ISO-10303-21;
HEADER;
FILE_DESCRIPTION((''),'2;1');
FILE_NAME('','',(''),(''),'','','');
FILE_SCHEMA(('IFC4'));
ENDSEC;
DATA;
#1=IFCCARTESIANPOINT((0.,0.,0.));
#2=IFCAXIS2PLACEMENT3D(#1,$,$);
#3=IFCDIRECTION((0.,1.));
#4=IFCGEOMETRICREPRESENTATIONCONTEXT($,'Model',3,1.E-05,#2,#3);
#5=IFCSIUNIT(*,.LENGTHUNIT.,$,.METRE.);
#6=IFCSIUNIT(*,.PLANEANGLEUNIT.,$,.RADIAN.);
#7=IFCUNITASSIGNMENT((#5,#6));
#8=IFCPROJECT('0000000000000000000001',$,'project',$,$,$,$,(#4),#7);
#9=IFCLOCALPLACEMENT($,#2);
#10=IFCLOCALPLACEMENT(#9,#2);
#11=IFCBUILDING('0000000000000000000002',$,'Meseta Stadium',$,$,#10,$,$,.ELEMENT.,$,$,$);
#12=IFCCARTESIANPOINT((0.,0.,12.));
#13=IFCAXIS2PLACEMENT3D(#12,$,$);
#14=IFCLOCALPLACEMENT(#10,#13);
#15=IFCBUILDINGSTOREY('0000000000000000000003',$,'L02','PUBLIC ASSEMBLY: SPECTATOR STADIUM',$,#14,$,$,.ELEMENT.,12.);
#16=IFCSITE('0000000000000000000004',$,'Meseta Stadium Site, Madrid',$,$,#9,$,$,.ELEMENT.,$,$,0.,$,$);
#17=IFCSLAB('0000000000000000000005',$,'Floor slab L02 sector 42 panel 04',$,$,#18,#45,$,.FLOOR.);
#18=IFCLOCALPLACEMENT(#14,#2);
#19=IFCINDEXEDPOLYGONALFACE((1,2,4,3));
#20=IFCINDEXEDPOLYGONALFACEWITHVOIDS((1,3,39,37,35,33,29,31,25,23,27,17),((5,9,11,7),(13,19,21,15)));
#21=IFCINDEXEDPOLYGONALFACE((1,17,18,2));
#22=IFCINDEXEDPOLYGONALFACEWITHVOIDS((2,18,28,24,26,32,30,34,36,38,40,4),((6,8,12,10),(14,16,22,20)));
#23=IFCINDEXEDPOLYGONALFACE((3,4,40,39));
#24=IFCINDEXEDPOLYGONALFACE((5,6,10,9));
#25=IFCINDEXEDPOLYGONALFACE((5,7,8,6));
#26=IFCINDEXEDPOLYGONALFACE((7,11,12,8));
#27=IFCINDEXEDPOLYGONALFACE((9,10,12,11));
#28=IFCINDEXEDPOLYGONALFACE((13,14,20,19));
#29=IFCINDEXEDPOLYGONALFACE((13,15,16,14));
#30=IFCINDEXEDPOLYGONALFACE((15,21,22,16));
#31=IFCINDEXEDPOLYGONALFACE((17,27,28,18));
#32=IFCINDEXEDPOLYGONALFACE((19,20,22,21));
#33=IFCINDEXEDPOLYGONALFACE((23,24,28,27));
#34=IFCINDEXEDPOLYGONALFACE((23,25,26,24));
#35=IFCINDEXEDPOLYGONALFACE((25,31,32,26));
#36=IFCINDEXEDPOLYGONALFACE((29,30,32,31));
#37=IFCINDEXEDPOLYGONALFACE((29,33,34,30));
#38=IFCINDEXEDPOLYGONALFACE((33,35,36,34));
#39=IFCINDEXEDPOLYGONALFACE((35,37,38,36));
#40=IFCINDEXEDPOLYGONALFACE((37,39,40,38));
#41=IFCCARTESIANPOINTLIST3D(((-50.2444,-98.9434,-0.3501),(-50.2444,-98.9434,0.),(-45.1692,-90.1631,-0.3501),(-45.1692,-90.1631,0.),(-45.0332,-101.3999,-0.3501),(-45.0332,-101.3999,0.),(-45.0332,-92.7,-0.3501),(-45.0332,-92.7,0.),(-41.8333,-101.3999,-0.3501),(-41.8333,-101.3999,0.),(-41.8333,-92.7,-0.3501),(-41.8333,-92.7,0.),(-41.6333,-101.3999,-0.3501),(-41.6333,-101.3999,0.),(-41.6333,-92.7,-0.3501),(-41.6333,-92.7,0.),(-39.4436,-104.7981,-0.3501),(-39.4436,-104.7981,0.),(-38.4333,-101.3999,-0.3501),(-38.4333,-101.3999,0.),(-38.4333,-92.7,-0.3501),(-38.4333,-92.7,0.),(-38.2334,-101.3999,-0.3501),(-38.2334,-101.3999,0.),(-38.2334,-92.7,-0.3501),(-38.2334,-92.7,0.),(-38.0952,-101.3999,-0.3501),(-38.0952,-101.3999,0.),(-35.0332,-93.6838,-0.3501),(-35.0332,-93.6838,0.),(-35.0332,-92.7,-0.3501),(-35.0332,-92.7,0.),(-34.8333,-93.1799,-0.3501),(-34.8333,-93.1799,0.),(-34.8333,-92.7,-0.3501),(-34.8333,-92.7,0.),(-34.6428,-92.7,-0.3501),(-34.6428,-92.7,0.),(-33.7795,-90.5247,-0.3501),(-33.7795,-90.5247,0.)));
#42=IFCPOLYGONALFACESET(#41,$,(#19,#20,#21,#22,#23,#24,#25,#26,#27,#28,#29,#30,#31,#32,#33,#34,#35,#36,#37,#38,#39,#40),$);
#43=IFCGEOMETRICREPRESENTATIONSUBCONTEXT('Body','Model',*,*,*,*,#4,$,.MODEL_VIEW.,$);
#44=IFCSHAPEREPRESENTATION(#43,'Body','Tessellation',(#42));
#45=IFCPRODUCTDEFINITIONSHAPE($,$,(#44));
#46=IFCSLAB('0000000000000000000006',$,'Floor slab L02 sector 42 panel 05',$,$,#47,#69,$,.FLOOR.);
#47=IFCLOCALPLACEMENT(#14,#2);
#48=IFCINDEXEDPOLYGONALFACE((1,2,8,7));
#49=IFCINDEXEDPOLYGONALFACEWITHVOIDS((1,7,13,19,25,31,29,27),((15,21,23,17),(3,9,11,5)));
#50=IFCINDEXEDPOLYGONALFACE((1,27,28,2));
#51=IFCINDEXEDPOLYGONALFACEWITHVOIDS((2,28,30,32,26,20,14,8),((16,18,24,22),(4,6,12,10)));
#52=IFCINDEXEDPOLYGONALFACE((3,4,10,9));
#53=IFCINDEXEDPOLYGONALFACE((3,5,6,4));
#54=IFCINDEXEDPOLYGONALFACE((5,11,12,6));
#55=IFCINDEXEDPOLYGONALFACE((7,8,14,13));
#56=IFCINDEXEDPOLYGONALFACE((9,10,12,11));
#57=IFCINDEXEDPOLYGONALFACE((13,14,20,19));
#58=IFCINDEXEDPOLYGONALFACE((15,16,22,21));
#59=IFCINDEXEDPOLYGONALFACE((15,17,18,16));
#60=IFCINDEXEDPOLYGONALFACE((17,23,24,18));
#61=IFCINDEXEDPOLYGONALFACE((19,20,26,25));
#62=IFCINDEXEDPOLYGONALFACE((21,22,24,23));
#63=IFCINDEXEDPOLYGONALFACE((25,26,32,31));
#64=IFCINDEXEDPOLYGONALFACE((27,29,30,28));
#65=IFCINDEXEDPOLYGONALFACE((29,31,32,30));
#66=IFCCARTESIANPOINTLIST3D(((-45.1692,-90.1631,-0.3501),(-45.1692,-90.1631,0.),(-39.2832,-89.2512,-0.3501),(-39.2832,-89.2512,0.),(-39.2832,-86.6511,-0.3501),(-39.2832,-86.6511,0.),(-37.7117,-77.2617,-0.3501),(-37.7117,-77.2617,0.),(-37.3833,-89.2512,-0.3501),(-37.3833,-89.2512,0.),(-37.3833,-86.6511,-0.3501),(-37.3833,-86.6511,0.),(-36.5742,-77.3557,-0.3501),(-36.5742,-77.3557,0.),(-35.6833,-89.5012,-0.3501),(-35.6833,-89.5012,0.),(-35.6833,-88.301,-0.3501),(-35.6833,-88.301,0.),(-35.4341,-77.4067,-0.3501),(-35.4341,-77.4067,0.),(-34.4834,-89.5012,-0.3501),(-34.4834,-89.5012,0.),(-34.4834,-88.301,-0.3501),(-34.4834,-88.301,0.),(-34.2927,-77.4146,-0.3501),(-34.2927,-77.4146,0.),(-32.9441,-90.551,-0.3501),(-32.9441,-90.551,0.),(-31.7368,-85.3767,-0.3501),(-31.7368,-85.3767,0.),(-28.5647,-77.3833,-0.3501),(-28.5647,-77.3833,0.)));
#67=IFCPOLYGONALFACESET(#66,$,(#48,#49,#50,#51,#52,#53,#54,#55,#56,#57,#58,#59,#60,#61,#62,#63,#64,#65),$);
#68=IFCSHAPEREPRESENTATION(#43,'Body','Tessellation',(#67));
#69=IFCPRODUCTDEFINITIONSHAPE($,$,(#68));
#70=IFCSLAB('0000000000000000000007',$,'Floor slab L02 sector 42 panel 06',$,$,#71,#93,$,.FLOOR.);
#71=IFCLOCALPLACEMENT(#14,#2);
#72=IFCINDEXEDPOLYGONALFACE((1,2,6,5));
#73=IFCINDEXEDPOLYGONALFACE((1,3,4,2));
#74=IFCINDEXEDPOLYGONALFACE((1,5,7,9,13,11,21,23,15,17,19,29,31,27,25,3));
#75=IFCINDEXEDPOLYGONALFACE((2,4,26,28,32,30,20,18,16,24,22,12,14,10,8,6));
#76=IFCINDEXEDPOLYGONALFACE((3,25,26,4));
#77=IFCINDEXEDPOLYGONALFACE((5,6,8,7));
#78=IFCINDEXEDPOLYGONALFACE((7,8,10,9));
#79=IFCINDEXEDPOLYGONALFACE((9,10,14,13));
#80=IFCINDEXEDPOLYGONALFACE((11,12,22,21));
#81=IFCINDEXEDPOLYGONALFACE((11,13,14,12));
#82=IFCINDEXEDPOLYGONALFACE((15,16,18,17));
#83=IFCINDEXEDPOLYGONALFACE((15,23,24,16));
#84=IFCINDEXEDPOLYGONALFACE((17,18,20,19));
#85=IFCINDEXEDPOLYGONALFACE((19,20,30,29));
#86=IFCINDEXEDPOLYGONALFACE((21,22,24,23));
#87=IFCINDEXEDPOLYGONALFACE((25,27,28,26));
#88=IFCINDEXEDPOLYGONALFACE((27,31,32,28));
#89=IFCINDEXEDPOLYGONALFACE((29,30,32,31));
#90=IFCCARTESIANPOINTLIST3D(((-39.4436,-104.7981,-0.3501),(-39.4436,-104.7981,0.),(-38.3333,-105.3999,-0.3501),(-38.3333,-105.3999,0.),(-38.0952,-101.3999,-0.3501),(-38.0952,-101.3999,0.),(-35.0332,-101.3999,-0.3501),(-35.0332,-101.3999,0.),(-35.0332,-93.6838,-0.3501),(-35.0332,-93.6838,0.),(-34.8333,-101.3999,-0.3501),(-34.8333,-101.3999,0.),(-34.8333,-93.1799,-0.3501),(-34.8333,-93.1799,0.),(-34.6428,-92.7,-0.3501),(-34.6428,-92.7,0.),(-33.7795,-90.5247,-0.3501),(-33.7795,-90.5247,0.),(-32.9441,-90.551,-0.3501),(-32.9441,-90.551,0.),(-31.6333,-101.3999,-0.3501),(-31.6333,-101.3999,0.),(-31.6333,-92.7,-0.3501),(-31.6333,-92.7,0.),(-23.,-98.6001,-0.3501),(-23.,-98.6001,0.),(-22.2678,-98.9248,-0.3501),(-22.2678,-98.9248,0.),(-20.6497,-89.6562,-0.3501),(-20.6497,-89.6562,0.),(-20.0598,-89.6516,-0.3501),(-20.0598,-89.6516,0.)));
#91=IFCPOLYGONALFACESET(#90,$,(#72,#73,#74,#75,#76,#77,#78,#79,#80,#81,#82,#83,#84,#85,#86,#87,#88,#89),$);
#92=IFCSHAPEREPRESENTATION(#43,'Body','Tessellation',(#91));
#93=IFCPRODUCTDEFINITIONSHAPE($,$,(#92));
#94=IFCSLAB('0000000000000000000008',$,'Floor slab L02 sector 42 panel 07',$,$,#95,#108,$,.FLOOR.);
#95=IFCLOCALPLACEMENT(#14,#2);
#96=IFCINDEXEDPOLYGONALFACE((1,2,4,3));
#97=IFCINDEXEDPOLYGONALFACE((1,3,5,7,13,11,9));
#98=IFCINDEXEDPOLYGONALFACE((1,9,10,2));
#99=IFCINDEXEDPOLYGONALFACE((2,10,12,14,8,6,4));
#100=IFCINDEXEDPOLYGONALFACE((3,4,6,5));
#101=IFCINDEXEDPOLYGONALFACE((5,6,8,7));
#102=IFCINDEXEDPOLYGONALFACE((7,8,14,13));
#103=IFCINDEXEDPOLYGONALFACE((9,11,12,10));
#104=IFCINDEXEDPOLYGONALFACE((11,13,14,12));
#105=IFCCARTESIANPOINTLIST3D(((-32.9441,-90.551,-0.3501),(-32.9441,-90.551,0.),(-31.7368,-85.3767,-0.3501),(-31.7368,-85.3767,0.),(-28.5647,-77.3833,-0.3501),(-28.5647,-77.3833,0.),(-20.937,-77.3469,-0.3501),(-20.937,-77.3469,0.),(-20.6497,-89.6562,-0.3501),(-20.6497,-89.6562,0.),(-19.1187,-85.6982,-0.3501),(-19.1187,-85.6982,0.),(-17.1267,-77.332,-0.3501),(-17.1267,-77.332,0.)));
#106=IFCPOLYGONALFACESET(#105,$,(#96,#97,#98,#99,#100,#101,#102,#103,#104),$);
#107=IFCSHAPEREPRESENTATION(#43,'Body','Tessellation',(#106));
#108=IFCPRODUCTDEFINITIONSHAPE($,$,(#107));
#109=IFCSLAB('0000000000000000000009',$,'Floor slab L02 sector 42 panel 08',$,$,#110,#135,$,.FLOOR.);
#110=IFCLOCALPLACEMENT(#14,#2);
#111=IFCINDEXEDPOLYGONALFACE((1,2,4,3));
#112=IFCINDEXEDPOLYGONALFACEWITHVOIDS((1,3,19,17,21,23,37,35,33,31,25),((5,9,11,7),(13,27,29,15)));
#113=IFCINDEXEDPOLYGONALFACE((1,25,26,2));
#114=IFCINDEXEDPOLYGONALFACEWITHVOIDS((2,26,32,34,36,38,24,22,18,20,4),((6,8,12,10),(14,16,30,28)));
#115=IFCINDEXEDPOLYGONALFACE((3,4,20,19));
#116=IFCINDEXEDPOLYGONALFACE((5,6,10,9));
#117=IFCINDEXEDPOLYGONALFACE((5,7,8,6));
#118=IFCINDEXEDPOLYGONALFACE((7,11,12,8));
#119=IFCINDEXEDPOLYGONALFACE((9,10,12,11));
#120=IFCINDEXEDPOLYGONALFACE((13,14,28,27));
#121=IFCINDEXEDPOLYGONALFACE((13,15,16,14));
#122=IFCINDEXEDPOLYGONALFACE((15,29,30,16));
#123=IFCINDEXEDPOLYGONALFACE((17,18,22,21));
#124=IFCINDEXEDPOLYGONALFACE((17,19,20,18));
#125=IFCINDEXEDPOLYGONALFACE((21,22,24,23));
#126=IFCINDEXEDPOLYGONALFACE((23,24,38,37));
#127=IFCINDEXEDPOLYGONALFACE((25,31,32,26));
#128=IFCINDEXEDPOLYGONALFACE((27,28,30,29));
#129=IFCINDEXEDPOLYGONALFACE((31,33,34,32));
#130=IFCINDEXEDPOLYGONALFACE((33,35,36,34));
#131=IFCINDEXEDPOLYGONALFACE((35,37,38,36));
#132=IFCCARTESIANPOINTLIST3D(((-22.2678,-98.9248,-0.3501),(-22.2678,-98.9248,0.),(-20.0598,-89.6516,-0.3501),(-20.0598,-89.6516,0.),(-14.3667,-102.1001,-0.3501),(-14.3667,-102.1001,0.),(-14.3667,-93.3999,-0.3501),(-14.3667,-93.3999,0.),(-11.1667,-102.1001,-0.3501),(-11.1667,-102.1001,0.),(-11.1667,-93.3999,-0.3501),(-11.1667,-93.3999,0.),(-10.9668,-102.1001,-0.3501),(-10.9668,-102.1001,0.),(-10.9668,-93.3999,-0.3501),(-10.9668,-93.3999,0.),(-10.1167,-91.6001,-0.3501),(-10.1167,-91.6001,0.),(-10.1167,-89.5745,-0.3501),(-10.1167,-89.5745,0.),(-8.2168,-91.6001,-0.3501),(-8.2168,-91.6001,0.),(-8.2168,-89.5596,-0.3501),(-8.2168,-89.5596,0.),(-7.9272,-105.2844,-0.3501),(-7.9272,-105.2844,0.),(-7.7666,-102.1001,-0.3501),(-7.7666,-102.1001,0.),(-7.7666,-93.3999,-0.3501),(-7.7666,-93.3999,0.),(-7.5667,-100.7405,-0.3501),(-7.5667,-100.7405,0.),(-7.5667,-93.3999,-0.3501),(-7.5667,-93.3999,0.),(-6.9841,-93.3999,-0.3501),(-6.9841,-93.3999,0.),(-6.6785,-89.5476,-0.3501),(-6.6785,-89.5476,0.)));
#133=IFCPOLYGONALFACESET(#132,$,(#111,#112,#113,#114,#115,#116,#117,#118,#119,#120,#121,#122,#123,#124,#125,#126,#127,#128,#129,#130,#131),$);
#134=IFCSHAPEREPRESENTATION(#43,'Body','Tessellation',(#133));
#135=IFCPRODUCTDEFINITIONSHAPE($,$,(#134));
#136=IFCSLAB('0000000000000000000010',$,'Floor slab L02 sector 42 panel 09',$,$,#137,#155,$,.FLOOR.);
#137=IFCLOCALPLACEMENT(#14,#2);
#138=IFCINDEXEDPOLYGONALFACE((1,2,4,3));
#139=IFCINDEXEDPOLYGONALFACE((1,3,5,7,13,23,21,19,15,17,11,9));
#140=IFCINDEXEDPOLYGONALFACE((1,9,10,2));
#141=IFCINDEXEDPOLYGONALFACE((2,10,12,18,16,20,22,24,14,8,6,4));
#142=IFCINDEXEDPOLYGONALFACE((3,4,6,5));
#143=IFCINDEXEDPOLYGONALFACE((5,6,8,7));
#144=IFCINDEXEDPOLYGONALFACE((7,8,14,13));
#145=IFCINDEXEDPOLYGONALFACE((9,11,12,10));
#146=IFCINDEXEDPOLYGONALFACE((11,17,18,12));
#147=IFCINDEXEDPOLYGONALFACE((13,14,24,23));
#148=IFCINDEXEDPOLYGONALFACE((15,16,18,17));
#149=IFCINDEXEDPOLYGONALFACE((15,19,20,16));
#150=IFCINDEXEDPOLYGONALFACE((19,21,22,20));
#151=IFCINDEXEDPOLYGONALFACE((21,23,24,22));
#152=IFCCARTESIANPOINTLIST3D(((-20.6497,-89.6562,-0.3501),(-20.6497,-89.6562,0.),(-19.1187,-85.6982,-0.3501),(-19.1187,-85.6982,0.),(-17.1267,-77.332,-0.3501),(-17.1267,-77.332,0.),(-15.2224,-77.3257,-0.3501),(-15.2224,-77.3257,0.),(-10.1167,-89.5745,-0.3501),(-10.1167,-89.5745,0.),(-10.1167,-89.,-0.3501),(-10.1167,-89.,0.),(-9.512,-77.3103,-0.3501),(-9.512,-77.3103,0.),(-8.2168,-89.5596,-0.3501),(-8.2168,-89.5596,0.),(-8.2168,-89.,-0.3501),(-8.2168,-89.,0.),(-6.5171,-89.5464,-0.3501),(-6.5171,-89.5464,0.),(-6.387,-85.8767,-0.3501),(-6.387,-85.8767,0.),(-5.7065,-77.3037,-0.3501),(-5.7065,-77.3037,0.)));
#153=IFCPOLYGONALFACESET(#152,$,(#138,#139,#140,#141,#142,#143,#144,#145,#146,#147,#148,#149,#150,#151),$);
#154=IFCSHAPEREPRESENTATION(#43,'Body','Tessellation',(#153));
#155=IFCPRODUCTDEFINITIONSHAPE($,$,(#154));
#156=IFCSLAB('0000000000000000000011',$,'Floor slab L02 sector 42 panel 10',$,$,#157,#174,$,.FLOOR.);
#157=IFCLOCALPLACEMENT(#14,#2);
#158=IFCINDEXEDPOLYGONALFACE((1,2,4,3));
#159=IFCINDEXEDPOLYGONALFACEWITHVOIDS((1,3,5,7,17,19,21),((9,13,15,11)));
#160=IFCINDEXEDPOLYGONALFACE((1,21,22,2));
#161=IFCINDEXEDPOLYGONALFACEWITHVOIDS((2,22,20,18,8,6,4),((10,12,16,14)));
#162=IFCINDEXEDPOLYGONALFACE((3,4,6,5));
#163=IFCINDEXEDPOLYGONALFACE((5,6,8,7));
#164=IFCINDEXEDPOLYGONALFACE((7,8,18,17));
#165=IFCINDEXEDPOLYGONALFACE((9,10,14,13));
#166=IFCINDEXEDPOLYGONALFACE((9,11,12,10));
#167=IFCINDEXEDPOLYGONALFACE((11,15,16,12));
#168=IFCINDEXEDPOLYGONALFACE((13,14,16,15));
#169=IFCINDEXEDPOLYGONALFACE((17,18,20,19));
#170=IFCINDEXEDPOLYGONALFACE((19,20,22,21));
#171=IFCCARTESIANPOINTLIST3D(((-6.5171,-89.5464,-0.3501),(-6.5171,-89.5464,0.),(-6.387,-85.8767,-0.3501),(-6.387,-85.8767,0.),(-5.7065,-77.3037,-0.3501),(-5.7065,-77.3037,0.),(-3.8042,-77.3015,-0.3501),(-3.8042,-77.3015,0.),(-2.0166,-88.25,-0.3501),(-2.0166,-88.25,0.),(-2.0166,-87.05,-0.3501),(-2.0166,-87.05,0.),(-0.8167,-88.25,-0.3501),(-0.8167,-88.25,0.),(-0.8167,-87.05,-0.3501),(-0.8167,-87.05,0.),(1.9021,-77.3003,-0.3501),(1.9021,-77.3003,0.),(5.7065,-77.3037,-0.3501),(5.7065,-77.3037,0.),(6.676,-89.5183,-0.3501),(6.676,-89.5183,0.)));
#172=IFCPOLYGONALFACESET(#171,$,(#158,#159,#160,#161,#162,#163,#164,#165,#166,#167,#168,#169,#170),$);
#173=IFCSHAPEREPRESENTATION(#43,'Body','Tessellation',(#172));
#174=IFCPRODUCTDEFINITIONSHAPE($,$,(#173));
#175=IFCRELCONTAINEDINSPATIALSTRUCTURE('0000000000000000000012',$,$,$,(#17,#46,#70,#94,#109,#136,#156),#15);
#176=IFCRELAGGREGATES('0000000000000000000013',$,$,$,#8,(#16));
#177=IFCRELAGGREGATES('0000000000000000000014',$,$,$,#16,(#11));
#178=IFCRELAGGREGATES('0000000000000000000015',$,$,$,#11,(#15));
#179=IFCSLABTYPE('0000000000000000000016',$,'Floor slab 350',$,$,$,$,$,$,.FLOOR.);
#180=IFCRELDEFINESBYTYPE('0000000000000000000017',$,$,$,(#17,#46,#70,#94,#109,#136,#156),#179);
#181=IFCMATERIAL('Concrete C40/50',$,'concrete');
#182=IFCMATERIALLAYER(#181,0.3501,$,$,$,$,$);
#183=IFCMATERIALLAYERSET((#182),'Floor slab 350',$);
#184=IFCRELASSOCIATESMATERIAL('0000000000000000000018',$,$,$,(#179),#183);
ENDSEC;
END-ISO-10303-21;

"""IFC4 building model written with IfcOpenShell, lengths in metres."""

from ifc_helpers import new_model, si_unit, direction, frame, origin, place, context, subcontext, project, spatial, polyline, outline, extrude, material, layer, layer_set, type_object, element, save


model = new_model("IFC4")

# Units and contexts
model_context = context("Model", 3, precision=1e-05, world=origin(), true_north=direction((0.0, 1.0)))
body_context = subcontext(model_context, "Body", "Model", "MODEL_VIEW")
ifc_project = project(units=[si_unit("LENGTHUNIT", "METRE"), si_unit("PLANEANGLEUNIT", "RADIAN")], contexts=[model_context])

# Site, building, storey
site_placement = place(None, origin())
site = spatial("IfcSite", under=ifc_project, at=site_placement, Name="Meseta Stadium Site, Madrid", CompositionType="ELEMENT", RefElevation=0.0)
building_placement = place(site_placement, origin())
building = spatial("IfcBuilding", under=site, at=building_placement, Name="Meseta Stadium", CompositionType="ELEMENT")
storey_placement = place(building_placement, frame((0.0, 0.0, 12.0)))
storey = spatial("IfcBuildingStorey", under=building, at=storey_placement, Name="L02", Description="PUBLIC ASSEMBLY: SPECTATOR STADIUM", CompositionType="ELEMENT", Elevation=12.0)

# Slabs
ifc_material_1 = material(Name="Concrete C40/50", Category="concrete")
ifc_layer_1 = layer(ifc_material_1, 0.3501)
ifc_layer_set_1 = layer_set([ifc_layer_1], Name="Floor slab 350")
slab_type_1 = type_object("IfcSlabType", Name="Floor slab 350", PredefinedType="FLOOR", material=ifc_layer_set_1)
slab_1_placement = place(storey_placement, frame((0.0, 0.0, -0.3501)))
element("IfcSlab", 1, at=slab_1_placement, inside=storey, type_object=slab_type_1, Name="Floor slab L02 sector 42 panel 04", PredefinedType="FLOOR", context=body_context, shape_type="SweptSolid", body=[
    extrude(outline(polyline([(-45.1692, -90.1631), (-50.2444, -98.9434), (-39.4436, -104.7981), (-38.0952, -101.3999), (-38.2334, -101.3999), (-38.2334, -92.7), (-35.0332, -92.7), (-35.0332, -93.6838), (-34.8333, -93.1799), (-34.8333, -92.7), (-34.6428, -92.7), (-33.7795, -90.5247), (-45.1692, -90.1631)]), holes=[polyline([(-45.0332, -92.7), (-41.8333, -92.7), (-41.8333, -101.3999), (-45.0332, -101.3999), (-45.0332, -92.7)]), polyline([(-41.6333, -92.7), (-38.4333, -92.7), (-38.4333, -101.3999), (-41.6333, -101.3999), (-41.6333, -92.7)])]), origin(), (0.0, 0.0, 1.0), 0.3501),
])
slab_2_placement = place(storey_placement, frame((0.0, 0.0, -0.3501)))
element("IfcSlab", 2, at=slab_2_placement, inside=storey, type_object=slab_type_1, Name="Floor slab L02 sector 42 panel 05", PredefinedType="FLOOR", context=body_context, shape_type="SweptSolid", body=[
    extrude(outline(polyline([(-45.1692, -90.1631), (-32.9441, -90.551), (-31.7368, -85.3767), (-28.5647, -77.3833), (-34.2927, -77.4146), (-35.4341, -77.4067), (-36.5742, -77.3557), (-37.7117, -77.2617), (-45.1692, -90.1631)]), holes=[polyline([(-39.2832, -86.6511), (-37.3833, -86.6511), (-37.3833, -89.2512), (-39.2832, -89.2512), (-39.2832, -86.6511)]), polyline([(-34.4834, -89.5012), (-35.6833, -89.5012), (-35.6833, -88.301), (-34.4834, -88.301), (-34.4834, -89.5012)])]), origin(), (0.0, 0.0, 1.0), 0.3501),
])
slab_3_placement = place(storey_placement, frame((0.0, 0.0, -0.3501)))
element("IfcSlab", 3, at=slab_3_placement, inside=storey, type_object=slab_type_1, Name="Floor slab L02 sector 42 panel 06", PredefinedType="FLOOR", context=body_context, shape_type="SweptSolid", body=[
    extrude(outline(polyline([(-35.0332, -93.6838), (-35.0332, -101.3999), (-38.0952, -101.3999), (-39.4436, -104.7981), (-38.3333, -105.3999), (-23.0, -98.6001), (-22.2678, -98.9248), (-20.0598, -89.6516), (-20.6497, -89.6562), (-32.9441, -90.551), (-33.7795, -90.5247), (-34.6428, -92.7), (-31.6333, -92.7), (-31.6333, -101.3999), (-34.8333, -101.3999), (-34.8333, -93.1799), (-35.0332, -93.6838)])), origin(), (0.0, 0.0, 1.0), 0.3501),
])
slab_4_placement = place(storey_placement, frame((0.0, 0.0, -0.3501)))
element("IfcSlab", 4, at=slab_4_placement, inside=storey, type_object=slab_type_1, Name="Floor slab L02 sector 42 panel 07", PredefinedType="FLOOR", context=body_context, shape_type="SweptSolid", body=[
    extrude(outline(polyline([(-20.937, -77.3469), (-28.5647, -77.3833), (-31.7368, -85.3767), (-32.9441, -90.551), (-20.6497, -89.6562), (-19.1187, -85.6982), (-17.1267, -77.332), (-20.937, -77.3469)])), origin(), (0.0, 0.0, 1.0), 0.3501),
])
slab_5_placement = place(storey_placement, frame((0.0, 0.0, -0.3501)))
element("IfcSlab", 5, at=slab_5_placement, inside=storey, type_object=slab_type_1, Name="Floor slab L02 sector 42 panel 08", PredefinedType="FLOOR", context=body_context, shape_type="SweptSolid", body=[
    extrude(outline(polyline([(-20.0598, -89.6516), (-22.2678, -98.9248), (-7.9272, -105.2844), (-7.5667, -100.7405), (-7.5667, -93.3999), (-6.9841, -93.3999), (-6.6785, -89.5476), (-8.2168, -89.5596), (-8.2168, -91.6001), (-10.1167, -91.6001), (-10.1167, -89.5745), (-20.0598, -89.6516)]), holes=[polyline([(-10.9668, -93.3999), (-7.7666, -93.3999), (-7.7666, -102.1001), (-10.9668, -102.1001), (-10.9668, -93.3999)]), polyline([(-14.3667, -93.3999), (-11.1667, -93.3999), (-11.1667, -102.1001), (-14.3667, -102.1001), (-14.3667, -93.3999)])]), origin(), (0.0, 0.0, 1.0), 0.3501),
])
slab_6_placement = place(storey_placement, frame((0.0, 0.0, -0.3501)))
element("IfcSlab", 6, at=slab_6_placement, inside=storey, type_object=slab_type_1, Name="Floor slab L02 sector 42 panel 09", PredefinedType="FLOOR", context=body_context, shape_type="SweptSolid", body=[
    extrude(outline(polyline([(-10.1167, -89.5745), (-10.1167, -89.0), (-8.2168, -89.0), (-8.2168, -89.5596), (-6.5171, -89.5464), (-6.387, -85.8767), (-5.7065, -77.3037), (-9.512, -77.3103), (-15.2224, -77.3257), (-17.1267, -77.332), (-19.1187, -85.6982), (-20.6497, -89.6562), (-10.1167, -89.5745)])), origin(), (0.0, 0.0, 1.0), 0.3501),
])
slab_7_placement = place(storey_placement, frame((0.0, 0.0, -0.3501)))
element("IfcSlab", 7, at=slab_7_placement, inside=storey, type_object=slab_type_1, Name="Floor slab L02 sector 42 panel 10", PredefinedType="FLOOR", context=body_context, shape_type="SweptSolid", body=[
    extrude(outline(polyline([(1.9021, -77.3003), (-3.8042, -77.3015), (-5.7065, -77.3037), (-6.387, -85.8767), (-6.5171, -89.5464), (6.676, -89.5183), (5.7065, -77.3037), (1.9021, -77.3003)]), holes=[polyline([(-0.8167, -87.05), (-0.8167, -88.25), (-2.0166, -88.25), (-2.0166, -87.05), (-0.8167, -87.05)])]), origin(), (0.0, 0.0, 1.0), 0.3501),
])

save(model, "model.ifc")
